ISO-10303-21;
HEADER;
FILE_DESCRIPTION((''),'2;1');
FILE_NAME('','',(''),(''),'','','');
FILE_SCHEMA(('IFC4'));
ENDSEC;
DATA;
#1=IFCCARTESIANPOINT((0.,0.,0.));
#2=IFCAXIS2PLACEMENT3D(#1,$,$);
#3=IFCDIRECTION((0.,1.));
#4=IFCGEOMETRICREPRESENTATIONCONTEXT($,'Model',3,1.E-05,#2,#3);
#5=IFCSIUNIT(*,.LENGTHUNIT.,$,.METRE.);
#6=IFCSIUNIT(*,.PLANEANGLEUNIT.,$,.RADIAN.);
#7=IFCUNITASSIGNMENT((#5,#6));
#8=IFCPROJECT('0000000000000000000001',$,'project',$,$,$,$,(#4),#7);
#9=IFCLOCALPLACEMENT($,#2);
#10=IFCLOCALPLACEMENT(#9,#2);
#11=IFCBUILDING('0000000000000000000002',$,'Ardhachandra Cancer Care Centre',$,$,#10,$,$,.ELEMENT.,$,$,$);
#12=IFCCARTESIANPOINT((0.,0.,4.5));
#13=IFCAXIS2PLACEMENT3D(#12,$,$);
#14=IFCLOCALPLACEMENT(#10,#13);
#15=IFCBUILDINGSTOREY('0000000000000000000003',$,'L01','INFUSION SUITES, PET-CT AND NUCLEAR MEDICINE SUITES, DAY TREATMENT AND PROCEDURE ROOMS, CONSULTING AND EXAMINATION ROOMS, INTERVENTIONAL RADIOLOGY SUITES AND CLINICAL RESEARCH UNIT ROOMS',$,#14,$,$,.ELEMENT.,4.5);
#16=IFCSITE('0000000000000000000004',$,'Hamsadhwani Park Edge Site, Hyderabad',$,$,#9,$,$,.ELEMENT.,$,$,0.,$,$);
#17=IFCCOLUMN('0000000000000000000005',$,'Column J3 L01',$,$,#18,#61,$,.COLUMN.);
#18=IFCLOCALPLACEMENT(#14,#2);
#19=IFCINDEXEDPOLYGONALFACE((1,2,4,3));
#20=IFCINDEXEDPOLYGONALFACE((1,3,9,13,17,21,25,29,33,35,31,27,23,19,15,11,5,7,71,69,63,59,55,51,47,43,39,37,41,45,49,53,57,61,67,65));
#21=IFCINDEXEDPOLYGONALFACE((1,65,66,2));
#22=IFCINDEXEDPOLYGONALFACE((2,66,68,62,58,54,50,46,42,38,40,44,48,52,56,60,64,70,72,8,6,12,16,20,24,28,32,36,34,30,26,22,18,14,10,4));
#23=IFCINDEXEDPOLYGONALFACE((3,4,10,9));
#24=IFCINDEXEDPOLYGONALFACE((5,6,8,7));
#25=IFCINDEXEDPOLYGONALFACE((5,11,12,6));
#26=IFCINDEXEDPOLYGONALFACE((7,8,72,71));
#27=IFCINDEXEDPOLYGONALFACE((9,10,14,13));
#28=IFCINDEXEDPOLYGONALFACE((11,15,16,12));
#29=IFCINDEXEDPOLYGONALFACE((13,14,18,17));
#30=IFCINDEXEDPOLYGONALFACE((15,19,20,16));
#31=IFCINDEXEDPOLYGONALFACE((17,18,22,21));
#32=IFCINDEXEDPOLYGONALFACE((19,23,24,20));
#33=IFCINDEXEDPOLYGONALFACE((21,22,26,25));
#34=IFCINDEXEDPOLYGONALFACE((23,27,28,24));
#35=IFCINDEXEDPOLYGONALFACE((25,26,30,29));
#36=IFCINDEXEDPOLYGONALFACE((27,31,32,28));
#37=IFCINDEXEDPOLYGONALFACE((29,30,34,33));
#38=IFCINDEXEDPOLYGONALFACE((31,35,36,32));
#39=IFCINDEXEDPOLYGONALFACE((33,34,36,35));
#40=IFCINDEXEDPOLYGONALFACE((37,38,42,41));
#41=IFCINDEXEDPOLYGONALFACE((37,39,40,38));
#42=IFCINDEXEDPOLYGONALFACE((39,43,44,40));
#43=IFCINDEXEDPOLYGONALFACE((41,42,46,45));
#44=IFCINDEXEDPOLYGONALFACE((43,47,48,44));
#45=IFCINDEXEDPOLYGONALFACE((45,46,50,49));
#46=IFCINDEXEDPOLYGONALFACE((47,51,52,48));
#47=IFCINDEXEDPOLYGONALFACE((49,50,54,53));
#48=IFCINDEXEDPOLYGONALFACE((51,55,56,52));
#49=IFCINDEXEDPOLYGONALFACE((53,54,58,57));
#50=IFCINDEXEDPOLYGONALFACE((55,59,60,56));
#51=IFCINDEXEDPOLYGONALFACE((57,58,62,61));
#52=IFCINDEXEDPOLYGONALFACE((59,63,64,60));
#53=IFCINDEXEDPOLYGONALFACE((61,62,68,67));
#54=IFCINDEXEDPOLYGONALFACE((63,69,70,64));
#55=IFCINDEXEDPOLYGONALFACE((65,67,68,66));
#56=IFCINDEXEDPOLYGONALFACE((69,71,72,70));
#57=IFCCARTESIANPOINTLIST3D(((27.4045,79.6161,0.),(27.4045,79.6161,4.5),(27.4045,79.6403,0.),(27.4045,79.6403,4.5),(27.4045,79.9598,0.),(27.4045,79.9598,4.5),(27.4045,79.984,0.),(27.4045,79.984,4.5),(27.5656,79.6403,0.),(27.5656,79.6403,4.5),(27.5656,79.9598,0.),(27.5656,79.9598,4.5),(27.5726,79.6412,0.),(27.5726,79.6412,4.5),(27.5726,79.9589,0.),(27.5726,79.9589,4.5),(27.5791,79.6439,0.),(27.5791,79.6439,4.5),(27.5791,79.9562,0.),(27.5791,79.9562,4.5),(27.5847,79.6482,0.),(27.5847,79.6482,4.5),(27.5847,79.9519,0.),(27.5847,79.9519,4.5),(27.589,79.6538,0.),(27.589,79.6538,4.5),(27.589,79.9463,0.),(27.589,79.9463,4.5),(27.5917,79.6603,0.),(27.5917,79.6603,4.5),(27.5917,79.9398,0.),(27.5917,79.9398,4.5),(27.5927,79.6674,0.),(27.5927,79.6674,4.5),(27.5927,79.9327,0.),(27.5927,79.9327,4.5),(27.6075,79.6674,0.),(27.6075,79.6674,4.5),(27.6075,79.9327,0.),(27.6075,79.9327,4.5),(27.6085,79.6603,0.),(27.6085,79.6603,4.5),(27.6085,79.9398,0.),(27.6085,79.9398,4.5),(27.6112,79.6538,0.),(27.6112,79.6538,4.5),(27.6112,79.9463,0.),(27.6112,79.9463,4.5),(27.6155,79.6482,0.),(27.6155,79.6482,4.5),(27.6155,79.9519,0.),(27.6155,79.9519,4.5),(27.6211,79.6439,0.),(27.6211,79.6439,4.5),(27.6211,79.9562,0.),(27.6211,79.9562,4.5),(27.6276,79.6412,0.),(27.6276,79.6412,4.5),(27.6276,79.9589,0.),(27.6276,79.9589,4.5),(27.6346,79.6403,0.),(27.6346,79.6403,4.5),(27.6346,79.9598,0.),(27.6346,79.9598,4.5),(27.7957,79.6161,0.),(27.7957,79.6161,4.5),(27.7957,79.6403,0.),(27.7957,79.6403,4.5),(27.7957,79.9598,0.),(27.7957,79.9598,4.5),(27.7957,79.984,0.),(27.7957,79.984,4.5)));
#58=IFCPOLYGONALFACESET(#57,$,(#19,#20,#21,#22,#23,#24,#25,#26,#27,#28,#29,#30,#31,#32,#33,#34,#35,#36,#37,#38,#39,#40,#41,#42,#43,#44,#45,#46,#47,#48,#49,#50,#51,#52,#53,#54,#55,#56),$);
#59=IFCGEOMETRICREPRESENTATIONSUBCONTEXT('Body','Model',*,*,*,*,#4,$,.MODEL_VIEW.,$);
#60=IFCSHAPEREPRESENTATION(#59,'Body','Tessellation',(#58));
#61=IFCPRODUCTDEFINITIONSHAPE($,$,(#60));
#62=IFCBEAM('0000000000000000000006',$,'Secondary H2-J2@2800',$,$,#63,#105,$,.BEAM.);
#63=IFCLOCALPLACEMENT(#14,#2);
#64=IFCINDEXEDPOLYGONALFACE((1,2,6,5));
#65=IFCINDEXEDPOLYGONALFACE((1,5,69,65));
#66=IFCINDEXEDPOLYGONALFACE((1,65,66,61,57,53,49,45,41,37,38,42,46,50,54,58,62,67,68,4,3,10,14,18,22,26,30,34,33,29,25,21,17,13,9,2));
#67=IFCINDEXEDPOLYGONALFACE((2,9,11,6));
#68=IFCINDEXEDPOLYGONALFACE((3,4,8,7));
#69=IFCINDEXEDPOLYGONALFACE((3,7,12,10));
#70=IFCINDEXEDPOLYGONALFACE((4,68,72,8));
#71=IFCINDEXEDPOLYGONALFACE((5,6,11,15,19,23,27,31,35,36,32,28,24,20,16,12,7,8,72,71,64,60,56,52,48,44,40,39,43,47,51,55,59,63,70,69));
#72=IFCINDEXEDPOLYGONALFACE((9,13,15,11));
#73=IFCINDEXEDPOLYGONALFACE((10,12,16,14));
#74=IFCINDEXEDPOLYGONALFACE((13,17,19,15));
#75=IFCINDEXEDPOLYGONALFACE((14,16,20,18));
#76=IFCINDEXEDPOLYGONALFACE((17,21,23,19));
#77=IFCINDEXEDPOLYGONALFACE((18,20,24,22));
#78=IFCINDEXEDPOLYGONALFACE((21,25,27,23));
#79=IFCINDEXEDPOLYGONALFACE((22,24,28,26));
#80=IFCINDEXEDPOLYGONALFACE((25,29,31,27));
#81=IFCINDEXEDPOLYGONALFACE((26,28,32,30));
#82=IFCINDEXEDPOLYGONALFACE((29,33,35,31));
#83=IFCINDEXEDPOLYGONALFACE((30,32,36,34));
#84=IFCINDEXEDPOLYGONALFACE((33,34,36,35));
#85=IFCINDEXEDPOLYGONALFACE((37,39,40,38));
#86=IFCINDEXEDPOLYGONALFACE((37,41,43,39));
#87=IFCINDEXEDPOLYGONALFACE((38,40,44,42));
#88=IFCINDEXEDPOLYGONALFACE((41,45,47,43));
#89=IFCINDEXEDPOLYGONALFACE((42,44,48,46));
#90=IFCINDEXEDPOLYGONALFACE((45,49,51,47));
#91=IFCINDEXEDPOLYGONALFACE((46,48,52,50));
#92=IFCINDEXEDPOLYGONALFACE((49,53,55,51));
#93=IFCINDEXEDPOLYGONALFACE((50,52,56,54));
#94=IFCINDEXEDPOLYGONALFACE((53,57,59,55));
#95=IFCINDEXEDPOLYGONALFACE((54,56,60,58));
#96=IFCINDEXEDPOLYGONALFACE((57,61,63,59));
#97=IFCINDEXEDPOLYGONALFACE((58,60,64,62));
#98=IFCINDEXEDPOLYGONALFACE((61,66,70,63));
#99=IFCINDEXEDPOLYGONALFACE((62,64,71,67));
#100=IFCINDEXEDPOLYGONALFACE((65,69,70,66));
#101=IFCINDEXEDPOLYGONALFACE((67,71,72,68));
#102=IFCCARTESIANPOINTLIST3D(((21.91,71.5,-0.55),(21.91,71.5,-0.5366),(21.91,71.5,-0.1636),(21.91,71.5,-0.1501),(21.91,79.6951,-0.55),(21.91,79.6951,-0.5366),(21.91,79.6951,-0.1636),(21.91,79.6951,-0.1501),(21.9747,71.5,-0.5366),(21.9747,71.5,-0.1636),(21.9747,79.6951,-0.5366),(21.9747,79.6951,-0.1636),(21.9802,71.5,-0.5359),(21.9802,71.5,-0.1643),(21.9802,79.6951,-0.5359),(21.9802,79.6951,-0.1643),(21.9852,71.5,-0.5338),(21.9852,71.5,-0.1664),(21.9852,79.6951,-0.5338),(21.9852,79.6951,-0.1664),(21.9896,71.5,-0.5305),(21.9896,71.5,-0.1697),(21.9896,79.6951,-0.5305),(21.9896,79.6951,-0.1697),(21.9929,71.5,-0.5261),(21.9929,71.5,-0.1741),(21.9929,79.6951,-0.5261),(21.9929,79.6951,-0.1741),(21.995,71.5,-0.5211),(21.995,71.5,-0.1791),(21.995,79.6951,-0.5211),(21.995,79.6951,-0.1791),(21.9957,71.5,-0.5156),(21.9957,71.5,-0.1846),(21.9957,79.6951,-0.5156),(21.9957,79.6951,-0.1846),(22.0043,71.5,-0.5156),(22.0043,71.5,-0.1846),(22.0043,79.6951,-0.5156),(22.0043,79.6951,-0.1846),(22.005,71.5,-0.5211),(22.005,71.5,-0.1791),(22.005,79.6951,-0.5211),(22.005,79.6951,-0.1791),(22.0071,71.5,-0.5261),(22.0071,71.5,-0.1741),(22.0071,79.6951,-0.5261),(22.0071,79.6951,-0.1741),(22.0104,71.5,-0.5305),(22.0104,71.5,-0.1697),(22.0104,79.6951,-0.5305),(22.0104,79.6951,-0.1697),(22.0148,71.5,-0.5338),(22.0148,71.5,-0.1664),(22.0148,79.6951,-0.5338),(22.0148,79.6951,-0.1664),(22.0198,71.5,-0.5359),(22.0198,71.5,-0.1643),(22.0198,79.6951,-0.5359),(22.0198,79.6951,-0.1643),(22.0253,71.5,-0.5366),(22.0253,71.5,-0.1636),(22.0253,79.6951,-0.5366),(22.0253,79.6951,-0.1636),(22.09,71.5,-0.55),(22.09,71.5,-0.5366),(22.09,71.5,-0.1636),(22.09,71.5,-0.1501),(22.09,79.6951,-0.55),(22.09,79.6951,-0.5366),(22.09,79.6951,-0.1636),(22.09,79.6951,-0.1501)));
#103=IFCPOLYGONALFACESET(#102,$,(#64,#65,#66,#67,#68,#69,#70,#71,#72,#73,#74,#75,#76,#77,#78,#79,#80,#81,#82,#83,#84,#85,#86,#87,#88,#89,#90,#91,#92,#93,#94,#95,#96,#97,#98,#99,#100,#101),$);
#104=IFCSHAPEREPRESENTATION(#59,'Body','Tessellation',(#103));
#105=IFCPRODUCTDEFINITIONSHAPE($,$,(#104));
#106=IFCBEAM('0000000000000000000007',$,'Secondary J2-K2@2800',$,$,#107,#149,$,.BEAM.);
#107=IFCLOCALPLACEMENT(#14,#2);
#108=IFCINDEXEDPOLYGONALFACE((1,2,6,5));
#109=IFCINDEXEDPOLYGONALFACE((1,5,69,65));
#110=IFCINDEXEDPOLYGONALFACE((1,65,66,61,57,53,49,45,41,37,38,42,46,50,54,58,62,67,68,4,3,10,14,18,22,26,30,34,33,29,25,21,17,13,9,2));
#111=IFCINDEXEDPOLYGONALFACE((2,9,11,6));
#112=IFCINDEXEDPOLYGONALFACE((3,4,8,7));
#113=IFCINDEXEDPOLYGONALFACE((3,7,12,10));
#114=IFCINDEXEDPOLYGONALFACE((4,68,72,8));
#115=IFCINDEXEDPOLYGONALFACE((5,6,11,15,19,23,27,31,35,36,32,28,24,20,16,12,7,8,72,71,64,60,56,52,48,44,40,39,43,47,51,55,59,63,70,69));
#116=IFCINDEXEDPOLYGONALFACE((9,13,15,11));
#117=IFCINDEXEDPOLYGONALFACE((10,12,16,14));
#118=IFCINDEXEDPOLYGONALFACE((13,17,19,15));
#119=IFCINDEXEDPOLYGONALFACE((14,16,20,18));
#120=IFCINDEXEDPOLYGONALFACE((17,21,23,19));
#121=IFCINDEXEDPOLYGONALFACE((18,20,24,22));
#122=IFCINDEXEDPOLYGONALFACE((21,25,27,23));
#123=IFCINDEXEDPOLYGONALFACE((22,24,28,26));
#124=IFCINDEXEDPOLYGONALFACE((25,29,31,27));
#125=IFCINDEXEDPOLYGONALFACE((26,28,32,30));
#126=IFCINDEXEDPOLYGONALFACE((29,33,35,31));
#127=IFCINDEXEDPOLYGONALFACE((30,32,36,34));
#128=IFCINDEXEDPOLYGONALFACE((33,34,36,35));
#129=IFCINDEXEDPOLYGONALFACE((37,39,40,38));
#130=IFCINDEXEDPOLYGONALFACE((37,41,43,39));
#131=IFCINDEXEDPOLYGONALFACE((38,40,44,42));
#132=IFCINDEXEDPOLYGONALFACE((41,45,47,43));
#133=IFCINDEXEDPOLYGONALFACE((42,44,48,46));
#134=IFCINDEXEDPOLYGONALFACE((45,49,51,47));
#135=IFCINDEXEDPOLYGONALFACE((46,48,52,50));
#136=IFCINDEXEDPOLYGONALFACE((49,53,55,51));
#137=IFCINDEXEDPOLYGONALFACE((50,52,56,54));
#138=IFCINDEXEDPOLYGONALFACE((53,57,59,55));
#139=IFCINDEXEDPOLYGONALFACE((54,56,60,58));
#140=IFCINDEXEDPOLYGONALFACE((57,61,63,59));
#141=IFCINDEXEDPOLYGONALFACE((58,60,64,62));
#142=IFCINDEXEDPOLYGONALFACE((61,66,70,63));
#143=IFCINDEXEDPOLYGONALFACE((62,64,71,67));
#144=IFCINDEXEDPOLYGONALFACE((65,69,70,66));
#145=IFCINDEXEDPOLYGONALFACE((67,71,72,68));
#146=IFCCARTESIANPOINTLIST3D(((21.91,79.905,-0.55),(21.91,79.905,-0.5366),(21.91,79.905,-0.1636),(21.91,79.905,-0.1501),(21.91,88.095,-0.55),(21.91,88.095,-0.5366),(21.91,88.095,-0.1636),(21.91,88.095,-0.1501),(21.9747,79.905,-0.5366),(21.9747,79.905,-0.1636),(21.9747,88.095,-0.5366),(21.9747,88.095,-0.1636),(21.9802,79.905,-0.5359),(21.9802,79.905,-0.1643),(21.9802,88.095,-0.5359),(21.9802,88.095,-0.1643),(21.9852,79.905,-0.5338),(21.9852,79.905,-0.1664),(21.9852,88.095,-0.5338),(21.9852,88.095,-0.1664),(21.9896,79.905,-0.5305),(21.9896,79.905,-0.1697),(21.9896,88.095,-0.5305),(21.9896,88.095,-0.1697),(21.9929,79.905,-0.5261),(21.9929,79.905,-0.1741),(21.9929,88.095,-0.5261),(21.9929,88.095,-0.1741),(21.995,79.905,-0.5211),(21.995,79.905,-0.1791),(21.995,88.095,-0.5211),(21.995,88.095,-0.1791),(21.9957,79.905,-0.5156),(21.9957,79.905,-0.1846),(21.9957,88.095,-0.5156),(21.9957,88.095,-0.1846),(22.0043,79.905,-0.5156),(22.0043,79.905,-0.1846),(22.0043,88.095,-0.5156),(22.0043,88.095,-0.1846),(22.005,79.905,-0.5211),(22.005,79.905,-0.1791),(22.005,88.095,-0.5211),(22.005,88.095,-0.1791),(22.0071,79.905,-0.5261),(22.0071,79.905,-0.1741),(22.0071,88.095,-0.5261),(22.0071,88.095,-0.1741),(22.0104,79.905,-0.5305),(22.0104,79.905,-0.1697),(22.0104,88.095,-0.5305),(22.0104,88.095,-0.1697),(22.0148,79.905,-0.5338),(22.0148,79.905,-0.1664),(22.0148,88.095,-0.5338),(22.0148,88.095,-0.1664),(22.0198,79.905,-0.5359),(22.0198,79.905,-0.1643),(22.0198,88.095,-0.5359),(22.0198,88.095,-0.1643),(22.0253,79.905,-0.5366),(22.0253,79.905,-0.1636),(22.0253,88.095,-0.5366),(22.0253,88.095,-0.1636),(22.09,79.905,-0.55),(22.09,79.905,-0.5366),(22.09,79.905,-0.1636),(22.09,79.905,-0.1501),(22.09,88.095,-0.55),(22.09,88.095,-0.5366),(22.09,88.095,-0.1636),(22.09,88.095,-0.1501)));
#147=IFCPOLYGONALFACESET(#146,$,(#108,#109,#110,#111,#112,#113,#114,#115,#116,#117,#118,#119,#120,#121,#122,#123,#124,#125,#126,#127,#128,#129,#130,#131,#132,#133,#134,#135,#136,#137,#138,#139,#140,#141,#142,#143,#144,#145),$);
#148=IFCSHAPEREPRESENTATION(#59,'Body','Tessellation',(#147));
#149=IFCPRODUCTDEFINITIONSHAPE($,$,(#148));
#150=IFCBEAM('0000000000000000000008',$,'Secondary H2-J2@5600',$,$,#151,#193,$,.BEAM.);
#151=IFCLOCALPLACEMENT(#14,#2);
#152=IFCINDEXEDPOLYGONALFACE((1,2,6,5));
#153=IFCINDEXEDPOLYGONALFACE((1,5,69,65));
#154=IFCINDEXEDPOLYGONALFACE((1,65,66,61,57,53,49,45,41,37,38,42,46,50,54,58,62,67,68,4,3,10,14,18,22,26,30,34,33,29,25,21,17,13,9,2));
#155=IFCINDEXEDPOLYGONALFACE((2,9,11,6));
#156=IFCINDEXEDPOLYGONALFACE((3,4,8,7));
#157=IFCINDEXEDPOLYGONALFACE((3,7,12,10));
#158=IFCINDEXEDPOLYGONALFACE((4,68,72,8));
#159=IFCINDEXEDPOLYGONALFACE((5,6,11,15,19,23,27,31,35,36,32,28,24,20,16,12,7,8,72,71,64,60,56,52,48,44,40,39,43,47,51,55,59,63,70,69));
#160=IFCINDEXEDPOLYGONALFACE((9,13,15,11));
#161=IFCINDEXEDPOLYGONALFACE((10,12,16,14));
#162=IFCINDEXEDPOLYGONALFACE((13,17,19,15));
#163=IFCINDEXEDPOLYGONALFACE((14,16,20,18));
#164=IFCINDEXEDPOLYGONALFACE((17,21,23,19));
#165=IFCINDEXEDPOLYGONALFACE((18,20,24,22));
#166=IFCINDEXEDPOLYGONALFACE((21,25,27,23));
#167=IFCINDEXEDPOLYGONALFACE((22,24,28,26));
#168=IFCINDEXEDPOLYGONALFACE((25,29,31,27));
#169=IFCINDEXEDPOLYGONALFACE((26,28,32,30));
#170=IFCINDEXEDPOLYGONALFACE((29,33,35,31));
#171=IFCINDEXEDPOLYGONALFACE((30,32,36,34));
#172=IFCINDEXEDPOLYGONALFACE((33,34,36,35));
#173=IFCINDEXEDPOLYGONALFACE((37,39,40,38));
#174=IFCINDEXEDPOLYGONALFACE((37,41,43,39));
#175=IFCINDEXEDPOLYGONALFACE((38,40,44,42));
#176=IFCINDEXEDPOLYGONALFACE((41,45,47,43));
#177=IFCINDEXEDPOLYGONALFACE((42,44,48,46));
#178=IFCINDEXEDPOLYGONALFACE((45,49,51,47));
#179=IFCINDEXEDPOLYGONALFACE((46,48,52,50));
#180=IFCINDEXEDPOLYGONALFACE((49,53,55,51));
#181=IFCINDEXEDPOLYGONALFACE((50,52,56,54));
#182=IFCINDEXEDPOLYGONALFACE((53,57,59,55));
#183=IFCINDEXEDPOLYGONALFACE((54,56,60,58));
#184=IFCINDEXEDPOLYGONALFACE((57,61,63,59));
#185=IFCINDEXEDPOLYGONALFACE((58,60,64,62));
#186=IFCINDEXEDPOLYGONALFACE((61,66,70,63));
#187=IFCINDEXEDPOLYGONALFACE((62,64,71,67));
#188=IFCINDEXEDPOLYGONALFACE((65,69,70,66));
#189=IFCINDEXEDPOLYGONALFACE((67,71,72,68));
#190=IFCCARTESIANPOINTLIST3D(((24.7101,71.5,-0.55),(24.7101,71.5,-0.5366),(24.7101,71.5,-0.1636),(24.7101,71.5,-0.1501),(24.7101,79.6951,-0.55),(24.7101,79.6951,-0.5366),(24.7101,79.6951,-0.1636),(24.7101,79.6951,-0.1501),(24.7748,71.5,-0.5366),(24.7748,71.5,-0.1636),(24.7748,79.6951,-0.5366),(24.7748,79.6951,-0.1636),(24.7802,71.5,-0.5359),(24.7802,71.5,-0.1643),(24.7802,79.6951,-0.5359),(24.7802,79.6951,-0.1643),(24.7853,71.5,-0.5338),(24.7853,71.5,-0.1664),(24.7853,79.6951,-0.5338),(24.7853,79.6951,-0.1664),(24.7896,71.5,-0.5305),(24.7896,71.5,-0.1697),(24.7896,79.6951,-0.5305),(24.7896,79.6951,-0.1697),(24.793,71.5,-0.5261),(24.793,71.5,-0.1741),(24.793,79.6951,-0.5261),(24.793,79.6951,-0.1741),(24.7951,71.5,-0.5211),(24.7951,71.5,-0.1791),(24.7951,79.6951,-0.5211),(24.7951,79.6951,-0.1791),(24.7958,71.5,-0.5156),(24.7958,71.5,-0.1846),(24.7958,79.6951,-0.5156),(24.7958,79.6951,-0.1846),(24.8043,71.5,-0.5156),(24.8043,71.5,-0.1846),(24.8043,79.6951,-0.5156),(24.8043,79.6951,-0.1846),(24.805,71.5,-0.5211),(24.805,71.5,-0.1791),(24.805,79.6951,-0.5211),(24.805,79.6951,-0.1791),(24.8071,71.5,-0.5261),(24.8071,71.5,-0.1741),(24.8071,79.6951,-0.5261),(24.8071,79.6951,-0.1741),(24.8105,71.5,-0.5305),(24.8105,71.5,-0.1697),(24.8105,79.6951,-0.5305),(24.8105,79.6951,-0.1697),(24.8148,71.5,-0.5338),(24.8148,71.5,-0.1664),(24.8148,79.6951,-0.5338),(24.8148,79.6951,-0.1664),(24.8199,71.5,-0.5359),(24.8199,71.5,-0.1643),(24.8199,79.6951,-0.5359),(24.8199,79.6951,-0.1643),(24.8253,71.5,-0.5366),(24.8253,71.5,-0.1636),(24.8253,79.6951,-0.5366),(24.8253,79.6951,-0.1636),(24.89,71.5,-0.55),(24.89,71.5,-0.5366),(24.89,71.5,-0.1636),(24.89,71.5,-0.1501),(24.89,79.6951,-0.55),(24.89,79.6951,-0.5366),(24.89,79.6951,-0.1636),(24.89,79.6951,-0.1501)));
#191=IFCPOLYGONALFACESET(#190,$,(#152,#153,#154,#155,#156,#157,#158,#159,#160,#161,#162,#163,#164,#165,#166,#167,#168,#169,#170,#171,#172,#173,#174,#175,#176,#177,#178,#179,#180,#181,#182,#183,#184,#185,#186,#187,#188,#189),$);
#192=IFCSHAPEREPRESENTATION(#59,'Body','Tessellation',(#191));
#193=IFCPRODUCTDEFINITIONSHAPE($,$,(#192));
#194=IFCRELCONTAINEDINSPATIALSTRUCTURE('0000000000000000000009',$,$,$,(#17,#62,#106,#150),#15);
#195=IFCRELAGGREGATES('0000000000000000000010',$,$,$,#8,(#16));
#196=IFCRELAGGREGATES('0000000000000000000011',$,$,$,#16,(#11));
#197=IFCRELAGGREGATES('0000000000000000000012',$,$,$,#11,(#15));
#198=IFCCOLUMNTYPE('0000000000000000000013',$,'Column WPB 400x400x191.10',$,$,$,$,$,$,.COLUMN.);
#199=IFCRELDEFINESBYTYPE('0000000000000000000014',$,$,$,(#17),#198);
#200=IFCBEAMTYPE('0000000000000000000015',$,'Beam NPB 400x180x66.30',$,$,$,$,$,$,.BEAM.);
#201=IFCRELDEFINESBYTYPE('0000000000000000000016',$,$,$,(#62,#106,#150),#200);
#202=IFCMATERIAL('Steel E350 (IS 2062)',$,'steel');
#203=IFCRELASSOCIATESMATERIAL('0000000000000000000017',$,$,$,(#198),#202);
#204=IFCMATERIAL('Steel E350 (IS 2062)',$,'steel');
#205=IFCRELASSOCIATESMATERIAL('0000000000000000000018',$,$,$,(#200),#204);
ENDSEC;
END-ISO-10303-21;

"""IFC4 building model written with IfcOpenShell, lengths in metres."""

from ifc_helpers import new_model, si_unit, direction, frame, origin, origin_2d, place, context, subcontext, project, spatial, i_section, extrude, material, material_profile, profile_set, type_object, element, save


model = new_model("IFC4")

# Units and contexts
model_context = context("Model", 3, precision=1e-05, world=origin(), true_north=direction((0.0, 1.0)))
body_context = subcontext(model_context, "Body", "Model", "MODEL_VIEW")
ifc_project = project(units=[si_unit("LENGTHUNIT", "METRE"), si_unit("PLANEANGLEUNIT", "RADIAN")], contexts=[model_context])

# Site, building, storey
site_placement = place(None, origin())
site = spatial("IfcSite", under=ifc_project, at=site_placement, Name="Hamsadhwani Park Edge Site, Hyderabad", CompositionType="ELEMENT", RefElevation=0.0)
building_placement = place(site_placement, origin())
building = spatial("IfcBuilding", under=site, at=building_placement, Name="Ardhachandra Cancer Care Centre", CompositionType="ELEMENT")
storey_placement = place(building_placement, frame((0.0, 0.0, 4.5)))
storey = spatial("IfcBuildingStorey", under=building, at=storey_placement, Name="L01", Description="INFUSION SUITES, PET-CT AND NUCLEAR MEDICINE SUITES, DAY TREATMENT AND PROCEDURE ROOMS, CONSULTING AND EXAMINATION ROOMS, INTERVENTIONAL RADIOLOGY SUITES AND CLINICAL RESEARCH UNIT ROOMS", CompositionType="ELEMENT", Elevation=4.5)

# Column
ifc_material_1 = material(Name="Steel E350 (IS 2062)", Category="steel")
ifc_material_profile_1 = material_profile(ifc_material_1, i_section(OverallWidth=0.3911, OverallDepth=0.3679, WebThickness=0.0149, FlangeThickness=0.0242, FilletRadius=0.0271, at=origin_2d()), Name="WPB 400x400x191.10")
ifc_profile_set_1 = profile_set([ifc_material_profile_1], Name="Steel E350 (IS 2062)")
column_type = type_object("IfcColumnType", Name="Column WPB 400x400x191.10", PredefinedType="COLUMN", material=ifc_profile_set_1)
column_placement = place(storey_placement, frame((27.6001, 79.8, 0.0), z_axis=(0.0, 0.0, 1.0), x_axis=(1.0, 0.0, 0.0)))
element("IfcColumn", 1, at=column_placement, inside=storey, type_object=column_type, Name="Column J3 L01", PredefinedType="COLUMN", context=body_context, shape_type="SweptSolid", body=[
    extrude(i_section(OverallWidth=0.3911, OverallDepth=0.3679, WebThickness=0.0149, FlangeThickness=0.0242, FilletRadius=0.0271, at=origin_2d()), origin(), (0.0, 0.0, 1.0), 4.5),
])

# Beams
ifc_material_2 = material(Name="Steel E350 (IS 2062)", Category="steel")
ifc_material_profile_2 = material_profile(ifc_material_2, i_section(OverallWidth=0.1799, OverallDepth=0.3999, WebThickness=0.0085, FlangeThickness=0.0134, FilletRadius=0.021, at=origin_2d()), Name="NPB 400x180x66.30")
ifc_profile_set_2 = profile_set([ifc_material_profile_2], Name="Steel E350 (IS 2062)")
beam_type_1 = type_object("IfcBeamType", Name="Beam NPB 400x180x66.30", PredefinedType="BEAM", material=ifc_profile_set_2)
beam_1_placement = place(storey_placement, frame((22.0, 71.5, -0.3501), z_axis=(0.0, 1.0, 0.0), x_axis=(-1.0, 0.0, 0.0)))
element("IfcBeam", 2, at=beam_1_placement, inside=storey, type_object=beam_type_1, Name="Secondary H2-J2@2800", PredefinedType="BEAM", context=body_context, shape_type="SweptSolid", body=[
    extrude(i_section(OverallWidth=0.1799, OverallDepth=0.3999, WebThickness=0.0085, FlangeThickness=0.0134, FilletRadius=0.021, at=origin_2d()), origin(), (0.0, 0.0, 1.0), 8.1951),
])
beam_2_placement = place(storey_placement, frame((22.0, 79.905, -0.3501), z_axis=(0.0, 1.0, 0.0), x_axis=(-1.0, 0.0, 0.0)))
element("IfcBeam", 3, at=beam_2_placement, inside=storey, type_object=beam_type_1, Name="Secondary J2-K2@2800", PredefinedType="BEAM", context=body_context, shape_type="SweptSolid", body=[
    extrude(i_section(OverallWidth=0.1799, OverallDepth=0.3999, WebThickness=0.0085, FlangeThickness=0.0134, FilletRadius=0.021, at=origin_2d()), origin(), (0.0, 0.0, 1.0), 8.1899),
])
beam_3_placement = place(storey_placement, frame((24.8, 71.5, -0.3501), z_axis=(0.0, 1.0, 0.0), x_axis=(-1.0, 0.0, 0.0)))
element("IfcBeam", 4, at=beam_3_placement, inside=storey, type_object=beam_type_1, Name="Secondary H2-J2@5600", PredefinedType="BEAM", context=body_context, shape_type="SweptSolid", body=[
    extrude(i_section(OverallWidth=0.1799, OverallDepth=0.3999, WebThickness=0.0085, FlangeThickness=0.0134, FilletRadius=0.021, at=origin_2d()), origin(), (0.0, 0.0, 1.0), 8.1951),
])

save(model, "model.ifc")
